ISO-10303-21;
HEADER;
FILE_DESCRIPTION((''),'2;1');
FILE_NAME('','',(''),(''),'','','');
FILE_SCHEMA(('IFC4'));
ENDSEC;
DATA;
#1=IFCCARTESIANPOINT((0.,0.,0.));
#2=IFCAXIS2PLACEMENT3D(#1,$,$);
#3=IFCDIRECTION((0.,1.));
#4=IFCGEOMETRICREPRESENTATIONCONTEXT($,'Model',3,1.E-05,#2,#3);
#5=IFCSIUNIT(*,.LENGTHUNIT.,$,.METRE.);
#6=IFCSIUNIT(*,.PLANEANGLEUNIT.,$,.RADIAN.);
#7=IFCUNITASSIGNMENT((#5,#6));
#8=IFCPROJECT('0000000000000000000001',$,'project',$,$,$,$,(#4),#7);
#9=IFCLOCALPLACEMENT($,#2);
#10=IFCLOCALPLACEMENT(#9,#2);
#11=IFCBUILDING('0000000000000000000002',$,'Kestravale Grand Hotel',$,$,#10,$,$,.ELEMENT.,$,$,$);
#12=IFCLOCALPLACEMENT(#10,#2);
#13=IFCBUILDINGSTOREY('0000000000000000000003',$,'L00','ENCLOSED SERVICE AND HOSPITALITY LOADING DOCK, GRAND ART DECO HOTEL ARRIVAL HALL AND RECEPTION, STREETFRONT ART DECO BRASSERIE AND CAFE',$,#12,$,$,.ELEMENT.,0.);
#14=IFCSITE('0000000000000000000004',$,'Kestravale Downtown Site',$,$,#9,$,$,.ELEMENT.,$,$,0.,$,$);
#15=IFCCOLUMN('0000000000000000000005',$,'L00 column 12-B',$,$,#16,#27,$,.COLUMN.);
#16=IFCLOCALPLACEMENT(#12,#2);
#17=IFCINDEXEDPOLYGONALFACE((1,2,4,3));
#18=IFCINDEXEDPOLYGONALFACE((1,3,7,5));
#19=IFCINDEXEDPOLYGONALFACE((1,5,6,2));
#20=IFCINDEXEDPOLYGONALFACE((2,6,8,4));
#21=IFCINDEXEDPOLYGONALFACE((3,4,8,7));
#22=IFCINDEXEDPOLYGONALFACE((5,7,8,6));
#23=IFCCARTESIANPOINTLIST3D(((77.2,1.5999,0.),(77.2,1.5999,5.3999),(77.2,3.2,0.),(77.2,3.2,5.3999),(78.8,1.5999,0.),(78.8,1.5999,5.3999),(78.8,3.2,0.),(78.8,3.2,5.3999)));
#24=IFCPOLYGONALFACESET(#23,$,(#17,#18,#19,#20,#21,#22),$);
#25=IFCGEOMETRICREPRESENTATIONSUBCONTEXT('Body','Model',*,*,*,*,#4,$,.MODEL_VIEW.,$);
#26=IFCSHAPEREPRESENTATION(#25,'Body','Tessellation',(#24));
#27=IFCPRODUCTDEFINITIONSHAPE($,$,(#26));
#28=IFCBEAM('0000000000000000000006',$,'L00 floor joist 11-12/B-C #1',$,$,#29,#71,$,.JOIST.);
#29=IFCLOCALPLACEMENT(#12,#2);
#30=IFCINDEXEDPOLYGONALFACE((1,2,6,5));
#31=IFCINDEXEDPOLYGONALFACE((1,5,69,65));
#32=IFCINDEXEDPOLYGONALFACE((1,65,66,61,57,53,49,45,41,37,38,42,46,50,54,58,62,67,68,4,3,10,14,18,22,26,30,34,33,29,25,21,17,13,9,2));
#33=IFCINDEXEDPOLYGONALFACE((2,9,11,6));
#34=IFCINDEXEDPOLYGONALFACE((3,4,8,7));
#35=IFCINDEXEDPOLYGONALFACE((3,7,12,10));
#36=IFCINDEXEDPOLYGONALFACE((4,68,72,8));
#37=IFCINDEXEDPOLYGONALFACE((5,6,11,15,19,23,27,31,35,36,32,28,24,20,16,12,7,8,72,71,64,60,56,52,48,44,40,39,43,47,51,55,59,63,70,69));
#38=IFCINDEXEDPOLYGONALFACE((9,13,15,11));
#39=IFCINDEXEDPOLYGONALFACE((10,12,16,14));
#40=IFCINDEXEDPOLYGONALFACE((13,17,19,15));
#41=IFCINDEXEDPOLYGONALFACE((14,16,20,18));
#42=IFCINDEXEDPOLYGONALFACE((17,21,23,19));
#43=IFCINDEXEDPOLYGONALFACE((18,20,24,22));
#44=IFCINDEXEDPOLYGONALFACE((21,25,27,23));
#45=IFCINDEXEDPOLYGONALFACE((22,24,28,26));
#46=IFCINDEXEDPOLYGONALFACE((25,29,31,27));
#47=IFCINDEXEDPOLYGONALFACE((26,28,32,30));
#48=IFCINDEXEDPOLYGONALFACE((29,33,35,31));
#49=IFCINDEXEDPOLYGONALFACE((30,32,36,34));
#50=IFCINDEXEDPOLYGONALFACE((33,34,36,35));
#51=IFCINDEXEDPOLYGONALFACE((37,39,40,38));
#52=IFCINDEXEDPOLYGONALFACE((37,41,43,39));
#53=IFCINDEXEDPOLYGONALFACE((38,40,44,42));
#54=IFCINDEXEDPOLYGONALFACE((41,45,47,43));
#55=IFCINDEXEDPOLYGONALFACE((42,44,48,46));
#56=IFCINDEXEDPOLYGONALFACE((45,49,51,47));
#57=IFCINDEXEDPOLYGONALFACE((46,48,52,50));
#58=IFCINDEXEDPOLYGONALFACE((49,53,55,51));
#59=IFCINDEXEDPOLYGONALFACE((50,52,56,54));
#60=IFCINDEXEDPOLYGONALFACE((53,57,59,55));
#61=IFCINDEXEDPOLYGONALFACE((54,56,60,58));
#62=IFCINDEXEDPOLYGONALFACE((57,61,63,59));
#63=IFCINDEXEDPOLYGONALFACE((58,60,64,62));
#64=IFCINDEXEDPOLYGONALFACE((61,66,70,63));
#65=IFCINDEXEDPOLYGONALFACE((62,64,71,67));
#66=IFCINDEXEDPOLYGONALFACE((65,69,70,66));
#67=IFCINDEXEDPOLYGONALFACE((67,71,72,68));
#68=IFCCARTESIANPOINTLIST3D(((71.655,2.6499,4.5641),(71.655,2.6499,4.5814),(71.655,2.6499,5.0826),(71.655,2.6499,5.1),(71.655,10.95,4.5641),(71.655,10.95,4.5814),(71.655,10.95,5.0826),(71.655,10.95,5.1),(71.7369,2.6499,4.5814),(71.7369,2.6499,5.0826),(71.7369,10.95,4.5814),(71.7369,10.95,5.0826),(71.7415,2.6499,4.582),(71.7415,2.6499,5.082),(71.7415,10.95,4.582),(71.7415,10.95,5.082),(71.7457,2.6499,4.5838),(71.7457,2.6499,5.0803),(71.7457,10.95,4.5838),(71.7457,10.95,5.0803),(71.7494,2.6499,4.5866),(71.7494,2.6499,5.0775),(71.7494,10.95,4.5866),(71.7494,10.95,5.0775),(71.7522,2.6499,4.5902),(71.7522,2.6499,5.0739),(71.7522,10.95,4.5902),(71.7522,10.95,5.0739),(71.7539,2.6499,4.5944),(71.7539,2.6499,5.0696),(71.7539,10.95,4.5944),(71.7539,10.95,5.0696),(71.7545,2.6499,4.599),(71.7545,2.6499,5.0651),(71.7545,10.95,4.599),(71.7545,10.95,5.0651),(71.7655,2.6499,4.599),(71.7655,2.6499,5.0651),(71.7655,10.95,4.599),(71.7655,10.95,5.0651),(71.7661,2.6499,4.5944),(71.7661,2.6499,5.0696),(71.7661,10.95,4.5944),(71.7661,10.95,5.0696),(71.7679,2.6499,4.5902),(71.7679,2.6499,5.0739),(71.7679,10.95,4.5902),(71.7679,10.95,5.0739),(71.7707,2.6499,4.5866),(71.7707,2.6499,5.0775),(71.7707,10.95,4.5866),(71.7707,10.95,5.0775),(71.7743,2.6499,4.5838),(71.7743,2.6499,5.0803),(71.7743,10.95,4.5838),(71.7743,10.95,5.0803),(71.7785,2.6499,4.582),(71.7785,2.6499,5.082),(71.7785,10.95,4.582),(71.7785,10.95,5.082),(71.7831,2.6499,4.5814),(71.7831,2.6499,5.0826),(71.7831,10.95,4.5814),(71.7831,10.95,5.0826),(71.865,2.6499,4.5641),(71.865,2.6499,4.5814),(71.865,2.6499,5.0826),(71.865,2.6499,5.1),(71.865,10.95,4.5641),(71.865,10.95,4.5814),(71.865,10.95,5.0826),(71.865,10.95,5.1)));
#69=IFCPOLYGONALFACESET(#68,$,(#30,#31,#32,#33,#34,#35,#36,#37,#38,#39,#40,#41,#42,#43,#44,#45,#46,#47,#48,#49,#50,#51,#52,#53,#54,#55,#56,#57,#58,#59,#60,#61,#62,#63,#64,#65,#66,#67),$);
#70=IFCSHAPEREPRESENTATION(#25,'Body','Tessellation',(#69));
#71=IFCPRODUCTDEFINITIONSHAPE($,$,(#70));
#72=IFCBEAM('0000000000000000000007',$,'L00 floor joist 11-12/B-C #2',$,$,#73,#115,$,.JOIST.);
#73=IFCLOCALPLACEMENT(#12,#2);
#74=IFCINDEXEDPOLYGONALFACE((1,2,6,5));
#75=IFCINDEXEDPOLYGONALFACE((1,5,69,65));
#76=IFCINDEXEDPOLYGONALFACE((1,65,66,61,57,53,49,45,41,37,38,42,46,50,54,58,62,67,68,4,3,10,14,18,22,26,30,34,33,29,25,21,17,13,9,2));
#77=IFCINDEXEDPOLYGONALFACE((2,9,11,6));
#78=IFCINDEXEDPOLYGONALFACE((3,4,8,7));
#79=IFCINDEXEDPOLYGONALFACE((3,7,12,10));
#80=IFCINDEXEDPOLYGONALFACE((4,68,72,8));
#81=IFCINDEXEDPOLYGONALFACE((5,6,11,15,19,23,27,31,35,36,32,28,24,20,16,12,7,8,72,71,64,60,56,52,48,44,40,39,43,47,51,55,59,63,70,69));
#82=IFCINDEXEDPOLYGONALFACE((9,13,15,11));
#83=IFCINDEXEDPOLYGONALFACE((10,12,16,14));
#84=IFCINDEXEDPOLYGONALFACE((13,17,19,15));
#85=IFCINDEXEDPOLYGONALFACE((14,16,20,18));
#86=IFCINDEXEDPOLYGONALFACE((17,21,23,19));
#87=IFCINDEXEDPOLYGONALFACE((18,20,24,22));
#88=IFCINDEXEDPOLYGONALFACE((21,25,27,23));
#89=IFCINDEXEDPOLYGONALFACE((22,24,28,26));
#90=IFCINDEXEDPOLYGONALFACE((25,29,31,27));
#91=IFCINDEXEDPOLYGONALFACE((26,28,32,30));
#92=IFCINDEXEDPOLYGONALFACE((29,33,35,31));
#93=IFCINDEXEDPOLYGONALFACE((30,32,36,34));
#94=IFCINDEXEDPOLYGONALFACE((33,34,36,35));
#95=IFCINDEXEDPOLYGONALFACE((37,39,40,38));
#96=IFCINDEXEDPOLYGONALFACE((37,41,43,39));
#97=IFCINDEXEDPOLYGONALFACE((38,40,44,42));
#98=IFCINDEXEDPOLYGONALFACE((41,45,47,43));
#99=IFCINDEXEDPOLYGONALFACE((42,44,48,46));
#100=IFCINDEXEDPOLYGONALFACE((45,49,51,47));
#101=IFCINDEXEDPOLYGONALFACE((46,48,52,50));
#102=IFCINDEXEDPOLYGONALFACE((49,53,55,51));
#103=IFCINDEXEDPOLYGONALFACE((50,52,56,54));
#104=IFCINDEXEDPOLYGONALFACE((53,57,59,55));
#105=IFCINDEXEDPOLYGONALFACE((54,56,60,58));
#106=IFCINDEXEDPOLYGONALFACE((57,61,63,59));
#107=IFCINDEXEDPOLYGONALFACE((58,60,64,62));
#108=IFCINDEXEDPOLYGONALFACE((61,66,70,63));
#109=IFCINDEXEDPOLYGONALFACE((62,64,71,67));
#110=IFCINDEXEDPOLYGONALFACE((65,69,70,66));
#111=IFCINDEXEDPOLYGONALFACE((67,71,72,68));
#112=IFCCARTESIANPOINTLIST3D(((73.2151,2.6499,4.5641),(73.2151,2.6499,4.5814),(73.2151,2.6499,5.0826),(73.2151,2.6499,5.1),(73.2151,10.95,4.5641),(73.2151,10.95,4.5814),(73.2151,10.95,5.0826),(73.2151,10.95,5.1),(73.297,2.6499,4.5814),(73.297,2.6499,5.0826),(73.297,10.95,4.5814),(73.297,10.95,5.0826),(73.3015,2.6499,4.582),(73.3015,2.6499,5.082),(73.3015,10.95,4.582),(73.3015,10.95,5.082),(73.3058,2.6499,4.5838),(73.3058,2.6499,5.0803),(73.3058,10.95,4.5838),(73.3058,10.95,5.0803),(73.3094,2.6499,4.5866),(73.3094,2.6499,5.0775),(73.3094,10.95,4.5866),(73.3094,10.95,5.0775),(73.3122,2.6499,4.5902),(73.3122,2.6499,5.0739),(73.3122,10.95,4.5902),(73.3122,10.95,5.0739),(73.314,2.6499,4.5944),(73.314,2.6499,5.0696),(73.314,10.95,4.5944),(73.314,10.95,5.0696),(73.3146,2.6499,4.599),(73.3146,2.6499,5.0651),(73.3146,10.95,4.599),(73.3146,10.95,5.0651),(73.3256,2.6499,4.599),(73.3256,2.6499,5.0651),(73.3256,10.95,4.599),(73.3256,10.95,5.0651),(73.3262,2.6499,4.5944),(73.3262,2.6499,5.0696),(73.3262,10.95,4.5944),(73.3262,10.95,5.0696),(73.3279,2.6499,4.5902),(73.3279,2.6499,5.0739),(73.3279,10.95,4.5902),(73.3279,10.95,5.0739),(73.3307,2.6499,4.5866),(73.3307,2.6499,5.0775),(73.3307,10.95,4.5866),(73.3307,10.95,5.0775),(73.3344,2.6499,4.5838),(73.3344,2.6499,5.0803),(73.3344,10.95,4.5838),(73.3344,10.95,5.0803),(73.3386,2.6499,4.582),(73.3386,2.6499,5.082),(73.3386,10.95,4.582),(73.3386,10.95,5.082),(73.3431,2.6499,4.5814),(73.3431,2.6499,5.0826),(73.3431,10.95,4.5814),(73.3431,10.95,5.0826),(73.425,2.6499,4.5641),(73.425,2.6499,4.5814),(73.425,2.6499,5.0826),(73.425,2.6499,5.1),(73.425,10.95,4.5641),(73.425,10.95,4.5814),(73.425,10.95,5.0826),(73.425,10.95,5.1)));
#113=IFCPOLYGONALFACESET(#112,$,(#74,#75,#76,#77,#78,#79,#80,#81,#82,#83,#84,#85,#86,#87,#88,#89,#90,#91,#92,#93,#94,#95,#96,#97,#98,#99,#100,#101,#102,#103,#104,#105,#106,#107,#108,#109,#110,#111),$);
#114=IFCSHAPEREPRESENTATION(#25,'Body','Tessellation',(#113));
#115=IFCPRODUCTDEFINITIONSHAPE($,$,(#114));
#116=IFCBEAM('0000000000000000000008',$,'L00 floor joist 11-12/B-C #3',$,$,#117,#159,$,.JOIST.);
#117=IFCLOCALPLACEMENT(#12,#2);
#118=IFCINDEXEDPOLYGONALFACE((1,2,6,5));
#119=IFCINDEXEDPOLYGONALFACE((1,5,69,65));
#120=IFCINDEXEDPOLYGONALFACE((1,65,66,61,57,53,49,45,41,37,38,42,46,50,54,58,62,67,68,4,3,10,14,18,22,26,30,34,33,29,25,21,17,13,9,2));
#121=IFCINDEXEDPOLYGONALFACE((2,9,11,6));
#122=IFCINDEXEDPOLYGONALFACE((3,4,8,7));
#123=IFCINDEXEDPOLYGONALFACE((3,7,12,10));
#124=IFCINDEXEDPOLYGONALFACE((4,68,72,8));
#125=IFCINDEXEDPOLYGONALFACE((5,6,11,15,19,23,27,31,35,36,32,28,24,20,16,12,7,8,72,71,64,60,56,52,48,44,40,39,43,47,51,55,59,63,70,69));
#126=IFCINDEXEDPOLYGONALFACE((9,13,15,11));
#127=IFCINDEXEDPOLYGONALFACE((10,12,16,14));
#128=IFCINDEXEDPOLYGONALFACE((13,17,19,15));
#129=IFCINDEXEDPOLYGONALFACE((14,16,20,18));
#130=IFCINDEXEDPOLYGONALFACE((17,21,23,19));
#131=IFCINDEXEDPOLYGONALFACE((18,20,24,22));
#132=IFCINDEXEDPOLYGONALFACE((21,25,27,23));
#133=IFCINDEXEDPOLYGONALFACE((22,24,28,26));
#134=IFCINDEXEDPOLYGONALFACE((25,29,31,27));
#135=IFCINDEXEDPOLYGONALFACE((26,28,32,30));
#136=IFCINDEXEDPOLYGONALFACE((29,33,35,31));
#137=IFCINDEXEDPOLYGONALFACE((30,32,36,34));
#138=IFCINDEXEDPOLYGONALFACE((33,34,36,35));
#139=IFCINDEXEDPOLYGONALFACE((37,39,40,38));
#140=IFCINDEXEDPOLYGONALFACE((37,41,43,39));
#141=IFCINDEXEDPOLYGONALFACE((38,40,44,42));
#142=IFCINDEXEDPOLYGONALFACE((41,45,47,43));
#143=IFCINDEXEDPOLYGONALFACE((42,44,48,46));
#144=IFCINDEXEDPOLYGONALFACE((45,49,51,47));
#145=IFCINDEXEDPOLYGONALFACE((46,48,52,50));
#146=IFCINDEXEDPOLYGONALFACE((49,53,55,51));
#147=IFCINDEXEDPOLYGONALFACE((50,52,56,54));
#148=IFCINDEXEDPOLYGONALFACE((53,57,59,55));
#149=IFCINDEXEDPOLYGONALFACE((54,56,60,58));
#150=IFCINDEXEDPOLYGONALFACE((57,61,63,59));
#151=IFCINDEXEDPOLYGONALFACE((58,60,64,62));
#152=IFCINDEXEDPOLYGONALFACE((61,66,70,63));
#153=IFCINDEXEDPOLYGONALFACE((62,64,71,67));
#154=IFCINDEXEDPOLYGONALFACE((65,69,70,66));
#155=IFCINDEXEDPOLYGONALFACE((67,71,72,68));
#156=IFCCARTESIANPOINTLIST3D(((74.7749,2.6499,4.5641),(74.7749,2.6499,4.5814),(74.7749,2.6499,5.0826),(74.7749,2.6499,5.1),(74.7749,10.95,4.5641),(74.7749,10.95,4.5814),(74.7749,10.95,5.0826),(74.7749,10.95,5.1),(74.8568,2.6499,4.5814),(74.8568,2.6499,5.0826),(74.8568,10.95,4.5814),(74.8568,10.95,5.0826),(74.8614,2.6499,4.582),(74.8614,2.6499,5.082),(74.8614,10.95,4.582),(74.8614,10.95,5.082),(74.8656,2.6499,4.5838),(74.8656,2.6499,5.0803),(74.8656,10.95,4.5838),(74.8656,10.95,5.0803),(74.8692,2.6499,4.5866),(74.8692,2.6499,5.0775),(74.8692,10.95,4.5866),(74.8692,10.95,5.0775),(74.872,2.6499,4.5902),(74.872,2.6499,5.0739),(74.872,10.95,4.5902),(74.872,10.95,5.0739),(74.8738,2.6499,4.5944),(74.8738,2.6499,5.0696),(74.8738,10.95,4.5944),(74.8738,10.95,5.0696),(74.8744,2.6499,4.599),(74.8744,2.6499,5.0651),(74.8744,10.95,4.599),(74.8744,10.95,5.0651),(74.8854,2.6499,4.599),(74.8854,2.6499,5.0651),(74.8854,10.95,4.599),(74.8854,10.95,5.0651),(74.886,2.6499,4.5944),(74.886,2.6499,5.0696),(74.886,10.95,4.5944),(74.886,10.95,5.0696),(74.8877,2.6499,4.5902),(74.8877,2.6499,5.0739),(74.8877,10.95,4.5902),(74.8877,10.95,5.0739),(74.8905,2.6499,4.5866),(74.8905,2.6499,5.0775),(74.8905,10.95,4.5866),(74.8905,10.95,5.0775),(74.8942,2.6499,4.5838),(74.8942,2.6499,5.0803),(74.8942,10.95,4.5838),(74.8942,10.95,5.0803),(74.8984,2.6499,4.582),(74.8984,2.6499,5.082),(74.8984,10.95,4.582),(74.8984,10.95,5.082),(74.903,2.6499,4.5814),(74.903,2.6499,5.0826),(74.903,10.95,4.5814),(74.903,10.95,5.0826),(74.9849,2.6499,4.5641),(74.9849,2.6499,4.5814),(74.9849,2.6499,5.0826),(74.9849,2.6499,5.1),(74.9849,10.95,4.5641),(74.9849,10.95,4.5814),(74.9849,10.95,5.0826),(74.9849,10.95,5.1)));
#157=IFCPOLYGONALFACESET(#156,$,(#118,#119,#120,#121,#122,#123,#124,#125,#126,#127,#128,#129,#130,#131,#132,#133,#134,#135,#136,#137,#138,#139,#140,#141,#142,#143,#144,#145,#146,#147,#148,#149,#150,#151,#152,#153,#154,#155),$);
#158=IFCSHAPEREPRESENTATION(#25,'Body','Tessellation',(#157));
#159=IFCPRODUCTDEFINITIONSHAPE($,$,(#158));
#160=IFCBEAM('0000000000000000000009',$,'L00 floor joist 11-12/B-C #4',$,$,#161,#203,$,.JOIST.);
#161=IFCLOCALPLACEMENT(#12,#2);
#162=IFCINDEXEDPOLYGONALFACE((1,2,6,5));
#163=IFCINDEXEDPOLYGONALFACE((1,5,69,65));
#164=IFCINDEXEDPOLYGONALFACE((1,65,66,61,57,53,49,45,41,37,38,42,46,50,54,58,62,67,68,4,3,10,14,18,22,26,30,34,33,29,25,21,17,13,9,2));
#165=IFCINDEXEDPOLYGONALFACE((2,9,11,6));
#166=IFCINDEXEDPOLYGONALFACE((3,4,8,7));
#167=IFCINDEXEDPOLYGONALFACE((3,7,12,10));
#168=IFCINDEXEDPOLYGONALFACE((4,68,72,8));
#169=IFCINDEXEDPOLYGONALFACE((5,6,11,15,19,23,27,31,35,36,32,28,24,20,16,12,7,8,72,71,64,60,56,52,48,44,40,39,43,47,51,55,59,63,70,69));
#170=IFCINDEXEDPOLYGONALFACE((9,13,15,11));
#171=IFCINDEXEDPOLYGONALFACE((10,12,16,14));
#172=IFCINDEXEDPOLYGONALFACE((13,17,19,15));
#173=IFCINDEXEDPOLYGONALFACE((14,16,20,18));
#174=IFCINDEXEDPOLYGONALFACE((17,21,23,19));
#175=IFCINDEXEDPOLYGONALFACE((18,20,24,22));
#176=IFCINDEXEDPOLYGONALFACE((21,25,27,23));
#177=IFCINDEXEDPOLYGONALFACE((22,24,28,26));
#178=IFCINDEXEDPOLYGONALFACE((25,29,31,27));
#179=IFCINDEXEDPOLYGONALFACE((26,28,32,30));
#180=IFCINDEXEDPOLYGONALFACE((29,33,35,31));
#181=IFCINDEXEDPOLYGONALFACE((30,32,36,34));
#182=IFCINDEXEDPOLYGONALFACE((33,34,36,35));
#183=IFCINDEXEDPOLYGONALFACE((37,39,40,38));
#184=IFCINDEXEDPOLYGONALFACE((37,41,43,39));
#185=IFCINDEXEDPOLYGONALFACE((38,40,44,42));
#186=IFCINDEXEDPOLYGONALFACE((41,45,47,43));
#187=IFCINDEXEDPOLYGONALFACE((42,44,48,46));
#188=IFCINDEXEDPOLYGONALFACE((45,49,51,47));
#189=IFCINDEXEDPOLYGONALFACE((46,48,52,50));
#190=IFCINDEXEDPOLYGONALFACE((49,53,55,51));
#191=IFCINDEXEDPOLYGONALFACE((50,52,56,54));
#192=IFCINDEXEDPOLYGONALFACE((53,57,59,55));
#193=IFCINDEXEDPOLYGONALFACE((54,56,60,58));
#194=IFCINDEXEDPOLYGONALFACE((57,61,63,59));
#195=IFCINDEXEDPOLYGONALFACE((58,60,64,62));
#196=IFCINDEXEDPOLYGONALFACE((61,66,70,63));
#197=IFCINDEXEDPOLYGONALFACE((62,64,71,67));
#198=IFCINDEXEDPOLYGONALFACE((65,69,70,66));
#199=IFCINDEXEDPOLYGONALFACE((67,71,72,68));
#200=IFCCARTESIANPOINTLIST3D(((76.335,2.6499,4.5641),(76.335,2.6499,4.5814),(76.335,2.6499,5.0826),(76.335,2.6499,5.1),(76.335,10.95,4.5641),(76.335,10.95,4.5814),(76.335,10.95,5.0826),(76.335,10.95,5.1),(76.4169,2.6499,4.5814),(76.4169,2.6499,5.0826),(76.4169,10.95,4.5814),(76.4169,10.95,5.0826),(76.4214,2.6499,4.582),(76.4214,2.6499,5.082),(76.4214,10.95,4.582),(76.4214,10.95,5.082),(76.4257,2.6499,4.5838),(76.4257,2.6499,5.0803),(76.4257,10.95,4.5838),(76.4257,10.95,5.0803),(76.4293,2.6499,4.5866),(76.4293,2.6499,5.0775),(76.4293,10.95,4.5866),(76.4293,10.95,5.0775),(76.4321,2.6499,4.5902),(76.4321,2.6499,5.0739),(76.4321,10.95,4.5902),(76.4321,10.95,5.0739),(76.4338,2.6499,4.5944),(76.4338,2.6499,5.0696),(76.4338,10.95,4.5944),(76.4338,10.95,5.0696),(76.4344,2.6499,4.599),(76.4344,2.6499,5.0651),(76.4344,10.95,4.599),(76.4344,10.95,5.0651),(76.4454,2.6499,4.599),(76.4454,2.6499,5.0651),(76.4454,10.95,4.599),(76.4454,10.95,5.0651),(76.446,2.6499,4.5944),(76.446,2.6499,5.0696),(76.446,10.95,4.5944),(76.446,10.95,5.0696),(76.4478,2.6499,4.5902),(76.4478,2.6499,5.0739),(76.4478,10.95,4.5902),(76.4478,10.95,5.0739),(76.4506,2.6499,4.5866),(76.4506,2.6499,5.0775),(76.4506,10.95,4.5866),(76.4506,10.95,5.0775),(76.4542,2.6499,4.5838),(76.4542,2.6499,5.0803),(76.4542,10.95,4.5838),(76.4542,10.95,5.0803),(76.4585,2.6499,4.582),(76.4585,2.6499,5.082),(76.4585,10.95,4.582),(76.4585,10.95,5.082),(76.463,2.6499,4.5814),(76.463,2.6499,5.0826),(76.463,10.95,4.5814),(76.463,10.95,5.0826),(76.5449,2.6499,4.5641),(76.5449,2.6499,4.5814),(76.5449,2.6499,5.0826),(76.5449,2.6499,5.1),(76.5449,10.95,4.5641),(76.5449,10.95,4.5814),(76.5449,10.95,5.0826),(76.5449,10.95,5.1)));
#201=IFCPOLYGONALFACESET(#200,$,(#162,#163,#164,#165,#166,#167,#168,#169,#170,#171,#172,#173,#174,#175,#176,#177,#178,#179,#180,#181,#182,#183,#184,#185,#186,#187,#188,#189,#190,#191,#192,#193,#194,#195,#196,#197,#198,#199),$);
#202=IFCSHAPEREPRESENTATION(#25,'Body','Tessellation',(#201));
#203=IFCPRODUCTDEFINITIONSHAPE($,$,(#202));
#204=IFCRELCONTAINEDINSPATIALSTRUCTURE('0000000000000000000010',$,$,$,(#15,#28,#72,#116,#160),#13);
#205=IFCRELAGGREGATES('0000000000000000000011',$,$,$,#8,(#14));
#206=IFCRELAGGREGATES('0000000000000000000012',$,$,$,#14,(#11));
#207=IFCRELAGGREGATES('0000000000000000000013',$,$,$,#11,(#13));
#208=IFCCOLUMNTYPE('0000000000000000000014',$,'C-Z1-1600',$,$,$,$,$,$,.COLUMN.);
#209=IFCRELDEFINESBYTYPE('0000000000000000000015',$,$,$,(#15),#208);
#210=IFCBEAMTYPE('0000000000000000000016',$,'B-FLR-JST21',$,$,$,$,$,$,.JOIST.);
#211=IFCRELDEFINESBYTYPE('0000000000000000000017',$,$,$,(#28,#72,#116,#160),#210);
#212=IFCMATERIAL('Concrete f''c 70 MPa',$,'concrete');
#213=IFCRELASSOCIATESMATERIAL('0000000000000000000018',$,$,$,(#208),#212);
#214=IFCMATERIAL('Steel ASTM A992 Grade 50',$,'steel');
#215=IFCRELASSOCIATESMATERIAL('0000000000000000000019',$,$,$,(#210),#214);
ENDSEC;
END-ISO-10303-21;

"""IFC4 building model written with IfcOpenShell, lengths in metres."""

from ifc_helpers import new_model, si_unit, direction, frame, origin, origin_2d, place, context, subcontext, project, spatial, rectangle, i_section, extrude, material, material_profile, profile_set, type_object, element, save


model = new_model("IFC4")

# Units and contexts
model_context = context("Model", 3, precision=1e-05, world=origin(), true_north=direction((0.0, 1.0)))
body_context = subcontext(model_context, "Body", "Model", "MODEL_VIEW")
ifc_project = project(units=[si_unit("LENGTHUNIT", "METRE"), si_unit("PLANEANGLEUNIT", "RADIAN")], contexts=[model_context])

# Site, building, storey
site_placement = place(None, origin())
site = spatial("IfcSite", under=ifc_project, at=site_placement, Name="Kestravale Downtown Site", CompositionType="ELEMENT", RefElevation=0.0)
building_placement = place(site_placement, origin())
building = spatial("IfcBuilding", under=site, at=building_placement, Name="Kestravale Grand Hotel", CompositionType="ELEMENT")
storey_placement = place(building_placement, origin())
storey = spatial("IfcBuildingStorey", under=building, at=storey_placement, Name="L00", Description="ENCLOSED SERVICE AND HOSPITALITY LOADING DOCK, GRAND ART DECO HOTEL ARRIVAL HALL AND RECEPTION, STREETFRONT ART DECO BRASSERIE AND CAFE", CompositionType="ELEMENT", Elevation=0.0)

# Column
ifc_material_1 = material(Name="Concrete f'c 70 MPa", Category="concrete")
ifc_material_profile_1 = material_profile(ifc_material_1, rectangle(XDim=1.6001, YDim=1.6001, at=origin_2d()))
ifc_profile_set_1 = profile_set([ifc_material_profile_1], Name="Concrete f'c 70 MPa")
column_type = type_object("IfcColumnType", Name="C-Z1-1600", PredefinedType="COLUMN", material=ifc_profile_set_1)
column_placement = place(storey_placement, frame((78.0, 2.3999, 0.0), z_axis=(0.0, 0.0, 1.0), x_axis=(1.0, 0.0, 0.0)))
element("IfcColumn", 1, at=column_placement, inside=storey, type_object=column_type, Name="L00 column 12-B", PredefinedType="COLUMN", context=body_context, shape_type="SweptSolid", body=[
    extrude(rectangle(XDim=1.6001, YDim=1.6001, at=origin_2d()), origin(), (0.0, 0.0, 1.0), 5.3999),
])

# Beams
ifc_material_2 = material(Name="Steel ASTM A992 Grade 50", Category="steel")
ifc_material_profile_2 = material_profile(ifc_material_2, i_section(OverallWidth=0.21, OverallDepth=0.5359, WebThickness=0.011, FlangeThickness=0.0173, FilletRadius=0.0176, at=origin_2d()))
ifc_profile_set_2 = profile_set([ifc_material_profile_2], Name="Steel ASTM A992 Grade 50")
beam_type_1 = type_object("IfcBeamType", Name="B-FLR-JST21", PredefinedType="JOIST", material=ifc_profile_set_2)
for number, where, z_axis, x_axis, name in (
    (2, (71.76, 2.6499, 4.832), (0.0, 1.0, 0.0), (-1.0, 0.0, 0.0), "L00 floor joist 11-12/B-C #1"),
    (3, (73.3201, 2.6499, 4.832), (0.0, 1.0, 0.0), (-1.0, 0.0, 0.0), "L00 floor joist 11-12/B-C #2"),
    (4, (74.8799, 2.6499, 4.832), (0.0, 1.0, 0.0), (-1.0, 0.0, 0.0), "L00 floor joist 11-12/B-C #3"),
    (5, (76.4399, 2.6499, 4.832), (0.0, 1.0, 0.0), (-1.0, 0.0, 0.0), "L00 floor joist 11-12/B-C #4"),
):
    element("IfcBeam", number, at=place(storey_placement, frame(where, z_axis=z_axis, x_axis=x_axis)), inside=storey, type_object=beam_type_1, Name=name, PredefinedType="JOIST", context=body_context, shape_type="SweptSolid", body=[
        extrude(i_section(OverallWidth=0.21, OverallDepth=0.5359, WebThickness=0.011, FlangeThickness=0.0173, FilletRadius=0.0176, at=origin_2d()), origin(), (0.0, 0.0, 1.0), 8.3),
    ])

save(model, "model.ifc")
